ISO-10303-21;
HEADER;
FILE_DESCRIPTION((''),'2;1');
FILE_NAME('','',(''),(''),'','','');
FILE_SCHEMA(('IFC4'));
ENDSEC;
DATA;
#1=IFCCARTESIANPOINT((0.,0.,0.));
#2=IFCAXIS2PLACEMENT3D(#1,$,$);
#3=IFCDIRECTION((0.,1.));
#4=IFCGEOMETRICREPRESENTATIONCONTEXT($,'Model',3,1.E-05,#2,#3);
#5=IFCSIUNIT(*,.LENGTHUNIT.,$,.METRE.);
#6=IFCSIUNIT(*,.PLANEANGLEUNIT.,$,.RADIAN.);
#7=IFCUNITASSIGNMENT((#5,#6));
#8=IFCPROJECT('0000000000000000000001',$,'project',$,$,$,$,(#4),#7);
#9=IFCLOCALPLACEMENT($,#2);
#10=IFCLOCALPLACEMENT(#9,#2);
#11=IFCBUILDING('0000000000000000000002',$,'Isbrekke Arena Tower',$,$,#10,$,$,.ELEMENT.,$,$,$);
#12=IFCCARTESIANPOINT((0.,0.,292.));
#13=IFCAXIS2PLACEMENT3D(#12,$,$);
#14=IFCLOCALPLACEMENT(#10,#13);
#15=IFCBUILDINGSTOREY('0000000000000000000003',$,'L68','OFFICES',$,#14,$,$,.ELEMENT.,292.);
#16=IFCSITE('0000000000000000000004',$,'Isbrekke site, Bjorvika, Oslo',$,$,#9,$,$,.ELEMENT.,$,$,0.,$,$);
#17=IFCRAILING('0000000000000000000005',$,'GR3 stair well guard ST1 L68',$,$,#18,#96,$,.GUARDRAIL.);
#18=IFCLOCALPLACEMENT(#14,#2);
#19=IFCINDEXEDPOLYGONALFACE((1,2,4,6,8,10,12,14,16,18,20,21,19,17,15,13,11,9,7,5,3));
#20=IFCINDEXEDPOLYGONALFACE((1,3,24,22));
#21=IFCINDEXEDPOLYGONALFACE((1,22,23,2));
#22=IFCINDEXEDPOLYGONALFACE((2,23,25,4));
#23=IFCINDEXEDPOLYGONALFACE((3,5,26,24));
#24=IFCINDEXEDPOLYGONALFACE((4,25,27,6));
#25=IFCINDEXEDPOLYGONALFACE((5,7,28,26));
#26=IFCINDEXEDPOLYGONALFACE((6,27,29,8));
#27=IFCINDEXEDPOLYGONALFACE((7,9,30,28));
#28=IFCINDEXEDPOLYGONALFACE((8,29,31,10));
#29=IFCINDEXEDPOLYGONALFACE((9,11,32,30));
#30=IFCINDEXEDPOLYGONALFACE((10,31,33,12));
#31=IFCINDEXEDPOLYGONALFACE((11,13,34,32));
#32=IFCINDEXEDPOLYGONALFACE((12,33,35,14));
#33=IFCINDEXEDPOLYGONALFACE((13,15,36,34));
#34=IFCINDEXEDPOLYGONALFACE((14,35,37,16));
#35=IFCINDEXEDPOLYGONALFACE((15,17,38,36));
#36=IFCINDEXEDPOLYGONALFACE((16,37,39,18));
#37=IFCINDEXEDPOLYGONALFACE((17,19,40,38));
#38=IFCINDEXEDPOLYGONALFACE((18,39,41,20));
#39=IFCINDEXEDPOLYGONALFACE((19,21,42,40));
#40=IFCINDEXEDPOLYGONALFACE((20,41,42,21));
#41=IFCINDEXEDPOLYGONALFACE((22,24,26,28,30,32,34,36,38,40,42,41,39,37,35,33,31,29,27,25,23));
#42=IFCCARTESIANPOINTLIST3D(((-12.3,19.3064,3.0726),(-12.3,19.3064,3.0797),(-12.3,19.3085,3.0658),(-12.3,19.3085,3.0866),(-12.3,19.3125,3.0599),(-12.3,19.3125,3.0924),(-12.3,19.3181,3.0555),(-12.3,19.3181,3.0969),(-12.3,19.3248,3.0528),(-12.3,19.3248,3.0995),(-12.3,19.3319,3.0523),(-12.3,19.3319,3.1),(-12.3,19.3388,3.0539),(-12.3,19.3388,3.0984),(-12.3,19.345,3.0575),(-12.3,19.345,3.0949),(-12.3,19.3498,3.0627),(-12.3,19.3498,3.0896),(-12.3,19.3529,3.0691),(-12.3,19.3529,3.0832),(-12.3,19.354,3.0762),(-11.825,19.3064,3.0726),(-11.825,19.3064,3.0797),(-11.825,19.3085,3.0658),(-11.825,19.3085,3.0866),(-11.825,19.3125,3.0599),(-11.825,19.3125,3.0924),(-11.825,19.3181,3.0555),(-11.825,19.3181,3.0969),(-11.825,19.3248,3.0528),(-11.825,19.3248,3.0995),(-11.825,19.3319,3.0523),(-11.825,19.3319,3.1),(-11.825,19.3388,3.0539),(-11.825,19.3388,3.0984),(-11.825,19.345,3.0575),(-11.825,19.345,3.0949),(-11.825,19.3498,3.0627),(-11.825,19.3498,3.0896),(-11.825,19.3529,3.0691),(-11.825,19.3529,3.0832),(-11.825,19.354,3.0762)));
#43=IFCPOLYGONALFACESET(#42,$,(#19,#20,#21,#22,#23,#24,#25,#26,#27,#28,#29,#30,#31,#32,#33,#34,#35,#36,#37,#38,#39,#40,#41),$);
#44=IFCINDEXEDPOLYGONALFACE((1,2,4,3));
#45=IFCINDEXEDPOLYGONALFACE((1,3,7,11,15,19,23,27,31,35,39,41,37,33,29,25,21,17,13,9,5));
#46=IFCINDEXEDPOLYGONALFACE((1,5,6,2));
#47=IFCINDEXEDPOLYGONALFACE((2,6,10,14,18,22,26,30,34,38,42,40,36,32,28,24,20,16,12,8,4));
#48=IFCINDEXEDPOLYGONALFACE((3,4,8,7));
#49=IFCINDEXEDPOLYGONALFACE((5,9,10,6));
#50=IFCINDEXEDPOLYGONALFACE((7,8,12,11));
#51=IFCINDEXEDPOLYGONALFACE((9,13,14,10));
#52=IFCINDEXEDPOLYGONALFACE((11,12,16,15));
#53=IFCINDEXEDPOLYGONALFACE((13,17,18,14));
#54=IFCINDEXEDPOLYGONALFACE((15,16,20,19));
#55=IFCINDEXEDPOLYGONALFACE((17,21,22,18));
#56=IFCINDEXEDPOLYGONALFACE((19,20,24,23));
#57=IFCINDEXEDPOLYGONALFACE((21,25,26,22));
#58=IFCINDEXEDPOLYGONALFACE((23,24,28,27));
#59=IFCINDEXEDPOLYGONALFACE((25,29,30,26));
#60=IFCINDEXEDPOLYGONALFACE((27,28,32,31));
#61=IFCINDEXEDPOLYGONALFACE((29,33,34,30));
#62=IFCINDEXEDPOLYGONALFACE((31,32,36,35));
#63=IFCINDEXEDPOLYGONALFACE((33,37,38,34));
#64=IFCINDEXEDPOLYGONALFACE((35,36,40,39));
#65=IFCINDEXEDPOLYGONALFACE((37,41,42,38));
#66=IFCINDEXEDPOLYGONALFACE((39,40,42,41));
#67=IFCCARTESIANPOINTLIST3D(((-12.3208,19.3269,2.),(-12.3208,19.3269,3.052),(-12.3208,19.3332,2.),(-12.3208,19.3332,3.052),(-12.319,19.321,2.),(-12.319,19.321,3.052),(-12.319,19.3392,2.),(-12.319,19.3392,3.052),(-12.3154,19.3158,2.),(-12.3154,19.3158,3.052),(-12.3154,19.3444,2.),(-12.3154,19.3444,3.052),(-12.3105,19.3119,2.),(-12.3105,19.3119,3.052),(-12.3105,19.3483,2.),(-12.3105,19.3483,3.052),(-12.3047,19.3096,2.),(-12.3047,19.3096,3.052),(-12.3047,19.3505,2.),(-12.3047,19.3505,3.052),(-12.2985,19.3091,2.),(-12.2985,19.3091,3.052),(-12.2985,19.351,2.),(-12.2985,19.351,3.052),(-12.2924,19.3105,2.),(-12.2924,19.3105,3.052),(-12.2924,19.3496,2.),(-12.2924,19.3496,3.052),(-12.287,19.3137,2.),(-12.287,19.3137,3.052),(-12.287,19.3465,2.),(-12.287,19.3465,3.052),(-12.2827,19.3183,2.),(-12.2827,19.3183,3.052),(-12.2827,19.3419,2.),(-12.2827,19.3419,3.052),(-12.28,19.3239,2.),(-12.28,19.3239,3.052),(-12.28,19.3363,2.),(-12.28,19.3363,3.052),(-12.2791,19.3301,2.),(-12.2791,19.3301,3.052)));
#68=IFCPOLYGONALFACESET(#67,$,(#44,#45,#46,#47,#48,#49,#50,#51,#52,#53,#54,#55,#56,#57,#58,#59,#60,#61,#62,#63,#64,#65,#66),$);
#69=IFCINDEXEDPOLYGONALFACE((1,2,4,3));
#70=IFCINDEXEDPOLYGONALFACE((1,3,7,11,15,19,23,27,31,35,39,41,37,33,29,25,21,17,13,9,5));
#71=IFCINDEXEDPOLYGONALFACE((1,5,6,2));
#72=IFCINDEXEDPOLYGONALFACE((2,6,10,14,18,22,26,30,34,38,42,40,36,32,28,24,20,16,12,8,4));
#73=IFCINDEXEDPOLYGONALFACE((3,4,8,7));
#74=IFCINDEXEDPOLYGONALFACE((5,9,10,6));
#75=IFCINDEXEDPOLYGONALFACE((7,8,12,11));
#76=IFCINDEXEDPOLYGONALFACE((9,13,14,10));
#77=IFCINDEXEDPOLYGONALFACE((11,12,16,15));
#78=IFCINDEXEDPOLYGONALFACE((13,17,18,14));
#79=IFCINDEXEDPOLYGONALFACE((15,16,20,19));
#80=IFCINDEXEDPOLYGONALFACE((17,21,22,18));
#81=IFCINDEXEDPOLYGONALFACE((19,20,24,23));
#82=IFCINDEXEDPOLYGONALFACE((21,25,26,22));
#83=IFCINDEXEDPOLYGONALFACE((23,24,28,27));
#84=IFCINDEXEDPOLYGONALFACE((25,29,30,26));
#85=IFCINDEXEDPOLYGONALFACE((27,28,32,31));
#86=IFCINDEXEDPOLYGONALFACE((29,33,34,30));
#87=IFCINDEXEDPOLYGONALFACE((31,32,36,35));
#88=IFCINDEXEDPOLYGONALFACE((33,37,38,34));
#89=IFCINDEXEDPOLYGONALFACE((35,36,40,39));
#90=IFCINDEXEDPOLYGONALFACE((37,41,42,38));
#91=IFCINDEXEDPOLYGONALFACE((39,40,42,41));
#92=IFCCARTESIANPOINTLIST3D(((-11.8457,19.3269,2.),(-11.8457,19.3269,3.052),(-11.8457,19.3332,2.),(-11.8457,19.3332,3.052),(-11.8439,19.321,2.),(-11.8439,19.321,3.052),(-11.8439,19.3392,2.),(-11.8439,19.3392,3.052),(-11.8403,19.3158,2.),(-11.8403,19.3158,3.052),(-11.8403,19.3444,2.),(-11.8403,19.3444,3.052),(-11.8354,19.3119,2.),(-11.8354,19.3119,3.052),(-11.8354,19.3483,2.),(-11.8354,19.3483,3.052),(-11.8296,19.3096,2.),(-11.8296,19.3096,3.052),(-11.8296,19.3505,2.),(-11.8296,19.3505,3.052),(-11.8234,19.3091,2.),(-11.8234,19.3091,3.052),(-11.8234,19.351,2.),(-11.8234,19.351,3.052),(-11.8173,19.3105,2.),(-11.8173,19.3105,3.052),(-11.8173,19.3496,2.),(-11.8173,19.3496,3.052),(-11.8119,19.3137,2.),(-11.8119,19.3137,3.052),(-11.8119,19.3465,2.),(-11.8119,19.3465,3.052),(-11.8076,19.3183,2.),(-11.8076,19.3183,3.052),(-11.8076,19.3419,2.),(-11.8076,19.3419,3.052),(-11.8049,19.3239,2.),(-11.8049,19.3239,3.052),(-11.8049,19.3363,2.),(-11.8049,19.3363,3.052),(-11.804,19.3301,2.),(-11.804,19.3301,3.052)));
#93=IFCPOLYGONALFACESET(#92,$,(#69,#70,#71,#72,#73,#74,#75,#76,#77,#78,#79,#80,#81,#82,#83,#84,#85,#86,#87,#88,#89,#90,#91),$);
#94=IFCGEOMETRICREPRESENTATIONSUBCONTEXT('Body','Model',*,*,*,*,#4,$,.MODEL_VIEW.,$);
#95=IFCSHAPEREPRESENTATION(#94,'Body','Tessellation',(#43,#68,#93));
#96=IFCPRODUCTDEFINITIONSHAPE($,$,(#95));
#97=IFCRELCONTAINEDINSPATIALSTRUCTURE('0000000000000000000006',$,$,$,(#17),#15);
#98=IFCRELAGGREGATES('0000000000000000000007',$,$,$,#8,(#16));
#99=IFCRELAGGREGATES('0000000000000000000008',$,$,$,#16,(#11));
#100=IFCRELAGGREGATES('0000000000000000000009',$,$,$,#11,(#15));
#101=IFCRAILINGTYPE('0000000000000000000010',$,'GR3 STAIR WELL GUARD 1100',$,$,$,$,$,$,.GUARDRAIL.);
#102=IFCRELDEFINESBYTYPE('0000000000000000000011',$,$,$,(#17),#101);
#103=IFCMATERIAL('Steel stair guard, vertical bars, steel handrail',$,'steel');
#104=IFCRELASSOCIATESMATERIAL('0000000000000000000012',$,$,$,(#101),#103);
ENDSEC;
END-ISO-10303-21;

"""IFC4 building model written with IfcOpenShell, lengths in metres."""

from ifc_helpers import new_model, si_unit, direction, frame, origin, origin_2d, place, context, subcontext, project, spatial, circle, extrude, material, type_object, element, save


model = new_model("IFC4")

# Units and contexts
model_context = context("Model", 3, precision=1e-05, world=origin(), true_north=direction((0.0, 1.0)))
body_context = subcontext(model_context, "Body", "Model", "MODEL_VIEW")
ifc_project = project(units=[si_unit("LENGTHUNIT", "METRE"), si_unit("PLANEANGLEUNIT", "RADIAN")], contexts=[model_context])

# Site, building, storey
site_placement = place(None, origin())
site = spatial("IfcSite", under=ifc_project, at=site_placement, Name="Isbrekke site, Bjorvika, Oslo", CompositionType="ELEMENT", RefElevation=0.0)
building_placement = place(site_placement, origin())
building = spatial("IfcBuilding", under=site, at=building_placement, Name="Isbrekke Arena Tower", CompositionType="ELEMENT")
storey_placement = place(building_placement, frame((0.0, 0.0, 292.0)))
storey = spatial("IfcBuildingStorey", under=building, at=storey_placement, Name="L68", Description="OFFICES", CompositionType="ELEMENT", Elevation=292.0)

# Railing
ifc_material_1 = material(Name="Steel stair guard, vertical bars, steel handrail", Category="steel")
railing_type = type_object("IfcRailingType", Name="GR3 STAIR WELL GUARD 1100", PredefinedType="GUARDRAIL", material=ifc_material_1)
for number, where, name in (
    (1, (-12.3, 19.3301, 2.0), "GR3 stair well guard ST1 L68"),
):
    element("IfcRailing", number, at=place(storey_placement, frame(where)), inside=storey, type_object=railing_type, Name=name, PredefinedType="GUARDRAIL", context=body_context, shape_type="SweptSolid", body=[
        extrude(circle(Radius=0.0239, at=origin_2d()), frame((0.0, 0.0, 1.0762), z_axis=(1.0, 0.0, 0.0), x_axis=(0.0, 1.0, 0.0)), (0.0, 0.0, 1.0), 0.4751),
        extrude(circle(Radius=0.021, at=origin_2d()), origin(), (0.0, 0.0, 1.0), 1.052),
        extrude(circle(Radius=0.021, at=origin_2d()), frame((0.4751, 0.0, 0.0)), (0.0, 0.0, 1.0), 1.052),
    ])

save(model, "model.ifc")
